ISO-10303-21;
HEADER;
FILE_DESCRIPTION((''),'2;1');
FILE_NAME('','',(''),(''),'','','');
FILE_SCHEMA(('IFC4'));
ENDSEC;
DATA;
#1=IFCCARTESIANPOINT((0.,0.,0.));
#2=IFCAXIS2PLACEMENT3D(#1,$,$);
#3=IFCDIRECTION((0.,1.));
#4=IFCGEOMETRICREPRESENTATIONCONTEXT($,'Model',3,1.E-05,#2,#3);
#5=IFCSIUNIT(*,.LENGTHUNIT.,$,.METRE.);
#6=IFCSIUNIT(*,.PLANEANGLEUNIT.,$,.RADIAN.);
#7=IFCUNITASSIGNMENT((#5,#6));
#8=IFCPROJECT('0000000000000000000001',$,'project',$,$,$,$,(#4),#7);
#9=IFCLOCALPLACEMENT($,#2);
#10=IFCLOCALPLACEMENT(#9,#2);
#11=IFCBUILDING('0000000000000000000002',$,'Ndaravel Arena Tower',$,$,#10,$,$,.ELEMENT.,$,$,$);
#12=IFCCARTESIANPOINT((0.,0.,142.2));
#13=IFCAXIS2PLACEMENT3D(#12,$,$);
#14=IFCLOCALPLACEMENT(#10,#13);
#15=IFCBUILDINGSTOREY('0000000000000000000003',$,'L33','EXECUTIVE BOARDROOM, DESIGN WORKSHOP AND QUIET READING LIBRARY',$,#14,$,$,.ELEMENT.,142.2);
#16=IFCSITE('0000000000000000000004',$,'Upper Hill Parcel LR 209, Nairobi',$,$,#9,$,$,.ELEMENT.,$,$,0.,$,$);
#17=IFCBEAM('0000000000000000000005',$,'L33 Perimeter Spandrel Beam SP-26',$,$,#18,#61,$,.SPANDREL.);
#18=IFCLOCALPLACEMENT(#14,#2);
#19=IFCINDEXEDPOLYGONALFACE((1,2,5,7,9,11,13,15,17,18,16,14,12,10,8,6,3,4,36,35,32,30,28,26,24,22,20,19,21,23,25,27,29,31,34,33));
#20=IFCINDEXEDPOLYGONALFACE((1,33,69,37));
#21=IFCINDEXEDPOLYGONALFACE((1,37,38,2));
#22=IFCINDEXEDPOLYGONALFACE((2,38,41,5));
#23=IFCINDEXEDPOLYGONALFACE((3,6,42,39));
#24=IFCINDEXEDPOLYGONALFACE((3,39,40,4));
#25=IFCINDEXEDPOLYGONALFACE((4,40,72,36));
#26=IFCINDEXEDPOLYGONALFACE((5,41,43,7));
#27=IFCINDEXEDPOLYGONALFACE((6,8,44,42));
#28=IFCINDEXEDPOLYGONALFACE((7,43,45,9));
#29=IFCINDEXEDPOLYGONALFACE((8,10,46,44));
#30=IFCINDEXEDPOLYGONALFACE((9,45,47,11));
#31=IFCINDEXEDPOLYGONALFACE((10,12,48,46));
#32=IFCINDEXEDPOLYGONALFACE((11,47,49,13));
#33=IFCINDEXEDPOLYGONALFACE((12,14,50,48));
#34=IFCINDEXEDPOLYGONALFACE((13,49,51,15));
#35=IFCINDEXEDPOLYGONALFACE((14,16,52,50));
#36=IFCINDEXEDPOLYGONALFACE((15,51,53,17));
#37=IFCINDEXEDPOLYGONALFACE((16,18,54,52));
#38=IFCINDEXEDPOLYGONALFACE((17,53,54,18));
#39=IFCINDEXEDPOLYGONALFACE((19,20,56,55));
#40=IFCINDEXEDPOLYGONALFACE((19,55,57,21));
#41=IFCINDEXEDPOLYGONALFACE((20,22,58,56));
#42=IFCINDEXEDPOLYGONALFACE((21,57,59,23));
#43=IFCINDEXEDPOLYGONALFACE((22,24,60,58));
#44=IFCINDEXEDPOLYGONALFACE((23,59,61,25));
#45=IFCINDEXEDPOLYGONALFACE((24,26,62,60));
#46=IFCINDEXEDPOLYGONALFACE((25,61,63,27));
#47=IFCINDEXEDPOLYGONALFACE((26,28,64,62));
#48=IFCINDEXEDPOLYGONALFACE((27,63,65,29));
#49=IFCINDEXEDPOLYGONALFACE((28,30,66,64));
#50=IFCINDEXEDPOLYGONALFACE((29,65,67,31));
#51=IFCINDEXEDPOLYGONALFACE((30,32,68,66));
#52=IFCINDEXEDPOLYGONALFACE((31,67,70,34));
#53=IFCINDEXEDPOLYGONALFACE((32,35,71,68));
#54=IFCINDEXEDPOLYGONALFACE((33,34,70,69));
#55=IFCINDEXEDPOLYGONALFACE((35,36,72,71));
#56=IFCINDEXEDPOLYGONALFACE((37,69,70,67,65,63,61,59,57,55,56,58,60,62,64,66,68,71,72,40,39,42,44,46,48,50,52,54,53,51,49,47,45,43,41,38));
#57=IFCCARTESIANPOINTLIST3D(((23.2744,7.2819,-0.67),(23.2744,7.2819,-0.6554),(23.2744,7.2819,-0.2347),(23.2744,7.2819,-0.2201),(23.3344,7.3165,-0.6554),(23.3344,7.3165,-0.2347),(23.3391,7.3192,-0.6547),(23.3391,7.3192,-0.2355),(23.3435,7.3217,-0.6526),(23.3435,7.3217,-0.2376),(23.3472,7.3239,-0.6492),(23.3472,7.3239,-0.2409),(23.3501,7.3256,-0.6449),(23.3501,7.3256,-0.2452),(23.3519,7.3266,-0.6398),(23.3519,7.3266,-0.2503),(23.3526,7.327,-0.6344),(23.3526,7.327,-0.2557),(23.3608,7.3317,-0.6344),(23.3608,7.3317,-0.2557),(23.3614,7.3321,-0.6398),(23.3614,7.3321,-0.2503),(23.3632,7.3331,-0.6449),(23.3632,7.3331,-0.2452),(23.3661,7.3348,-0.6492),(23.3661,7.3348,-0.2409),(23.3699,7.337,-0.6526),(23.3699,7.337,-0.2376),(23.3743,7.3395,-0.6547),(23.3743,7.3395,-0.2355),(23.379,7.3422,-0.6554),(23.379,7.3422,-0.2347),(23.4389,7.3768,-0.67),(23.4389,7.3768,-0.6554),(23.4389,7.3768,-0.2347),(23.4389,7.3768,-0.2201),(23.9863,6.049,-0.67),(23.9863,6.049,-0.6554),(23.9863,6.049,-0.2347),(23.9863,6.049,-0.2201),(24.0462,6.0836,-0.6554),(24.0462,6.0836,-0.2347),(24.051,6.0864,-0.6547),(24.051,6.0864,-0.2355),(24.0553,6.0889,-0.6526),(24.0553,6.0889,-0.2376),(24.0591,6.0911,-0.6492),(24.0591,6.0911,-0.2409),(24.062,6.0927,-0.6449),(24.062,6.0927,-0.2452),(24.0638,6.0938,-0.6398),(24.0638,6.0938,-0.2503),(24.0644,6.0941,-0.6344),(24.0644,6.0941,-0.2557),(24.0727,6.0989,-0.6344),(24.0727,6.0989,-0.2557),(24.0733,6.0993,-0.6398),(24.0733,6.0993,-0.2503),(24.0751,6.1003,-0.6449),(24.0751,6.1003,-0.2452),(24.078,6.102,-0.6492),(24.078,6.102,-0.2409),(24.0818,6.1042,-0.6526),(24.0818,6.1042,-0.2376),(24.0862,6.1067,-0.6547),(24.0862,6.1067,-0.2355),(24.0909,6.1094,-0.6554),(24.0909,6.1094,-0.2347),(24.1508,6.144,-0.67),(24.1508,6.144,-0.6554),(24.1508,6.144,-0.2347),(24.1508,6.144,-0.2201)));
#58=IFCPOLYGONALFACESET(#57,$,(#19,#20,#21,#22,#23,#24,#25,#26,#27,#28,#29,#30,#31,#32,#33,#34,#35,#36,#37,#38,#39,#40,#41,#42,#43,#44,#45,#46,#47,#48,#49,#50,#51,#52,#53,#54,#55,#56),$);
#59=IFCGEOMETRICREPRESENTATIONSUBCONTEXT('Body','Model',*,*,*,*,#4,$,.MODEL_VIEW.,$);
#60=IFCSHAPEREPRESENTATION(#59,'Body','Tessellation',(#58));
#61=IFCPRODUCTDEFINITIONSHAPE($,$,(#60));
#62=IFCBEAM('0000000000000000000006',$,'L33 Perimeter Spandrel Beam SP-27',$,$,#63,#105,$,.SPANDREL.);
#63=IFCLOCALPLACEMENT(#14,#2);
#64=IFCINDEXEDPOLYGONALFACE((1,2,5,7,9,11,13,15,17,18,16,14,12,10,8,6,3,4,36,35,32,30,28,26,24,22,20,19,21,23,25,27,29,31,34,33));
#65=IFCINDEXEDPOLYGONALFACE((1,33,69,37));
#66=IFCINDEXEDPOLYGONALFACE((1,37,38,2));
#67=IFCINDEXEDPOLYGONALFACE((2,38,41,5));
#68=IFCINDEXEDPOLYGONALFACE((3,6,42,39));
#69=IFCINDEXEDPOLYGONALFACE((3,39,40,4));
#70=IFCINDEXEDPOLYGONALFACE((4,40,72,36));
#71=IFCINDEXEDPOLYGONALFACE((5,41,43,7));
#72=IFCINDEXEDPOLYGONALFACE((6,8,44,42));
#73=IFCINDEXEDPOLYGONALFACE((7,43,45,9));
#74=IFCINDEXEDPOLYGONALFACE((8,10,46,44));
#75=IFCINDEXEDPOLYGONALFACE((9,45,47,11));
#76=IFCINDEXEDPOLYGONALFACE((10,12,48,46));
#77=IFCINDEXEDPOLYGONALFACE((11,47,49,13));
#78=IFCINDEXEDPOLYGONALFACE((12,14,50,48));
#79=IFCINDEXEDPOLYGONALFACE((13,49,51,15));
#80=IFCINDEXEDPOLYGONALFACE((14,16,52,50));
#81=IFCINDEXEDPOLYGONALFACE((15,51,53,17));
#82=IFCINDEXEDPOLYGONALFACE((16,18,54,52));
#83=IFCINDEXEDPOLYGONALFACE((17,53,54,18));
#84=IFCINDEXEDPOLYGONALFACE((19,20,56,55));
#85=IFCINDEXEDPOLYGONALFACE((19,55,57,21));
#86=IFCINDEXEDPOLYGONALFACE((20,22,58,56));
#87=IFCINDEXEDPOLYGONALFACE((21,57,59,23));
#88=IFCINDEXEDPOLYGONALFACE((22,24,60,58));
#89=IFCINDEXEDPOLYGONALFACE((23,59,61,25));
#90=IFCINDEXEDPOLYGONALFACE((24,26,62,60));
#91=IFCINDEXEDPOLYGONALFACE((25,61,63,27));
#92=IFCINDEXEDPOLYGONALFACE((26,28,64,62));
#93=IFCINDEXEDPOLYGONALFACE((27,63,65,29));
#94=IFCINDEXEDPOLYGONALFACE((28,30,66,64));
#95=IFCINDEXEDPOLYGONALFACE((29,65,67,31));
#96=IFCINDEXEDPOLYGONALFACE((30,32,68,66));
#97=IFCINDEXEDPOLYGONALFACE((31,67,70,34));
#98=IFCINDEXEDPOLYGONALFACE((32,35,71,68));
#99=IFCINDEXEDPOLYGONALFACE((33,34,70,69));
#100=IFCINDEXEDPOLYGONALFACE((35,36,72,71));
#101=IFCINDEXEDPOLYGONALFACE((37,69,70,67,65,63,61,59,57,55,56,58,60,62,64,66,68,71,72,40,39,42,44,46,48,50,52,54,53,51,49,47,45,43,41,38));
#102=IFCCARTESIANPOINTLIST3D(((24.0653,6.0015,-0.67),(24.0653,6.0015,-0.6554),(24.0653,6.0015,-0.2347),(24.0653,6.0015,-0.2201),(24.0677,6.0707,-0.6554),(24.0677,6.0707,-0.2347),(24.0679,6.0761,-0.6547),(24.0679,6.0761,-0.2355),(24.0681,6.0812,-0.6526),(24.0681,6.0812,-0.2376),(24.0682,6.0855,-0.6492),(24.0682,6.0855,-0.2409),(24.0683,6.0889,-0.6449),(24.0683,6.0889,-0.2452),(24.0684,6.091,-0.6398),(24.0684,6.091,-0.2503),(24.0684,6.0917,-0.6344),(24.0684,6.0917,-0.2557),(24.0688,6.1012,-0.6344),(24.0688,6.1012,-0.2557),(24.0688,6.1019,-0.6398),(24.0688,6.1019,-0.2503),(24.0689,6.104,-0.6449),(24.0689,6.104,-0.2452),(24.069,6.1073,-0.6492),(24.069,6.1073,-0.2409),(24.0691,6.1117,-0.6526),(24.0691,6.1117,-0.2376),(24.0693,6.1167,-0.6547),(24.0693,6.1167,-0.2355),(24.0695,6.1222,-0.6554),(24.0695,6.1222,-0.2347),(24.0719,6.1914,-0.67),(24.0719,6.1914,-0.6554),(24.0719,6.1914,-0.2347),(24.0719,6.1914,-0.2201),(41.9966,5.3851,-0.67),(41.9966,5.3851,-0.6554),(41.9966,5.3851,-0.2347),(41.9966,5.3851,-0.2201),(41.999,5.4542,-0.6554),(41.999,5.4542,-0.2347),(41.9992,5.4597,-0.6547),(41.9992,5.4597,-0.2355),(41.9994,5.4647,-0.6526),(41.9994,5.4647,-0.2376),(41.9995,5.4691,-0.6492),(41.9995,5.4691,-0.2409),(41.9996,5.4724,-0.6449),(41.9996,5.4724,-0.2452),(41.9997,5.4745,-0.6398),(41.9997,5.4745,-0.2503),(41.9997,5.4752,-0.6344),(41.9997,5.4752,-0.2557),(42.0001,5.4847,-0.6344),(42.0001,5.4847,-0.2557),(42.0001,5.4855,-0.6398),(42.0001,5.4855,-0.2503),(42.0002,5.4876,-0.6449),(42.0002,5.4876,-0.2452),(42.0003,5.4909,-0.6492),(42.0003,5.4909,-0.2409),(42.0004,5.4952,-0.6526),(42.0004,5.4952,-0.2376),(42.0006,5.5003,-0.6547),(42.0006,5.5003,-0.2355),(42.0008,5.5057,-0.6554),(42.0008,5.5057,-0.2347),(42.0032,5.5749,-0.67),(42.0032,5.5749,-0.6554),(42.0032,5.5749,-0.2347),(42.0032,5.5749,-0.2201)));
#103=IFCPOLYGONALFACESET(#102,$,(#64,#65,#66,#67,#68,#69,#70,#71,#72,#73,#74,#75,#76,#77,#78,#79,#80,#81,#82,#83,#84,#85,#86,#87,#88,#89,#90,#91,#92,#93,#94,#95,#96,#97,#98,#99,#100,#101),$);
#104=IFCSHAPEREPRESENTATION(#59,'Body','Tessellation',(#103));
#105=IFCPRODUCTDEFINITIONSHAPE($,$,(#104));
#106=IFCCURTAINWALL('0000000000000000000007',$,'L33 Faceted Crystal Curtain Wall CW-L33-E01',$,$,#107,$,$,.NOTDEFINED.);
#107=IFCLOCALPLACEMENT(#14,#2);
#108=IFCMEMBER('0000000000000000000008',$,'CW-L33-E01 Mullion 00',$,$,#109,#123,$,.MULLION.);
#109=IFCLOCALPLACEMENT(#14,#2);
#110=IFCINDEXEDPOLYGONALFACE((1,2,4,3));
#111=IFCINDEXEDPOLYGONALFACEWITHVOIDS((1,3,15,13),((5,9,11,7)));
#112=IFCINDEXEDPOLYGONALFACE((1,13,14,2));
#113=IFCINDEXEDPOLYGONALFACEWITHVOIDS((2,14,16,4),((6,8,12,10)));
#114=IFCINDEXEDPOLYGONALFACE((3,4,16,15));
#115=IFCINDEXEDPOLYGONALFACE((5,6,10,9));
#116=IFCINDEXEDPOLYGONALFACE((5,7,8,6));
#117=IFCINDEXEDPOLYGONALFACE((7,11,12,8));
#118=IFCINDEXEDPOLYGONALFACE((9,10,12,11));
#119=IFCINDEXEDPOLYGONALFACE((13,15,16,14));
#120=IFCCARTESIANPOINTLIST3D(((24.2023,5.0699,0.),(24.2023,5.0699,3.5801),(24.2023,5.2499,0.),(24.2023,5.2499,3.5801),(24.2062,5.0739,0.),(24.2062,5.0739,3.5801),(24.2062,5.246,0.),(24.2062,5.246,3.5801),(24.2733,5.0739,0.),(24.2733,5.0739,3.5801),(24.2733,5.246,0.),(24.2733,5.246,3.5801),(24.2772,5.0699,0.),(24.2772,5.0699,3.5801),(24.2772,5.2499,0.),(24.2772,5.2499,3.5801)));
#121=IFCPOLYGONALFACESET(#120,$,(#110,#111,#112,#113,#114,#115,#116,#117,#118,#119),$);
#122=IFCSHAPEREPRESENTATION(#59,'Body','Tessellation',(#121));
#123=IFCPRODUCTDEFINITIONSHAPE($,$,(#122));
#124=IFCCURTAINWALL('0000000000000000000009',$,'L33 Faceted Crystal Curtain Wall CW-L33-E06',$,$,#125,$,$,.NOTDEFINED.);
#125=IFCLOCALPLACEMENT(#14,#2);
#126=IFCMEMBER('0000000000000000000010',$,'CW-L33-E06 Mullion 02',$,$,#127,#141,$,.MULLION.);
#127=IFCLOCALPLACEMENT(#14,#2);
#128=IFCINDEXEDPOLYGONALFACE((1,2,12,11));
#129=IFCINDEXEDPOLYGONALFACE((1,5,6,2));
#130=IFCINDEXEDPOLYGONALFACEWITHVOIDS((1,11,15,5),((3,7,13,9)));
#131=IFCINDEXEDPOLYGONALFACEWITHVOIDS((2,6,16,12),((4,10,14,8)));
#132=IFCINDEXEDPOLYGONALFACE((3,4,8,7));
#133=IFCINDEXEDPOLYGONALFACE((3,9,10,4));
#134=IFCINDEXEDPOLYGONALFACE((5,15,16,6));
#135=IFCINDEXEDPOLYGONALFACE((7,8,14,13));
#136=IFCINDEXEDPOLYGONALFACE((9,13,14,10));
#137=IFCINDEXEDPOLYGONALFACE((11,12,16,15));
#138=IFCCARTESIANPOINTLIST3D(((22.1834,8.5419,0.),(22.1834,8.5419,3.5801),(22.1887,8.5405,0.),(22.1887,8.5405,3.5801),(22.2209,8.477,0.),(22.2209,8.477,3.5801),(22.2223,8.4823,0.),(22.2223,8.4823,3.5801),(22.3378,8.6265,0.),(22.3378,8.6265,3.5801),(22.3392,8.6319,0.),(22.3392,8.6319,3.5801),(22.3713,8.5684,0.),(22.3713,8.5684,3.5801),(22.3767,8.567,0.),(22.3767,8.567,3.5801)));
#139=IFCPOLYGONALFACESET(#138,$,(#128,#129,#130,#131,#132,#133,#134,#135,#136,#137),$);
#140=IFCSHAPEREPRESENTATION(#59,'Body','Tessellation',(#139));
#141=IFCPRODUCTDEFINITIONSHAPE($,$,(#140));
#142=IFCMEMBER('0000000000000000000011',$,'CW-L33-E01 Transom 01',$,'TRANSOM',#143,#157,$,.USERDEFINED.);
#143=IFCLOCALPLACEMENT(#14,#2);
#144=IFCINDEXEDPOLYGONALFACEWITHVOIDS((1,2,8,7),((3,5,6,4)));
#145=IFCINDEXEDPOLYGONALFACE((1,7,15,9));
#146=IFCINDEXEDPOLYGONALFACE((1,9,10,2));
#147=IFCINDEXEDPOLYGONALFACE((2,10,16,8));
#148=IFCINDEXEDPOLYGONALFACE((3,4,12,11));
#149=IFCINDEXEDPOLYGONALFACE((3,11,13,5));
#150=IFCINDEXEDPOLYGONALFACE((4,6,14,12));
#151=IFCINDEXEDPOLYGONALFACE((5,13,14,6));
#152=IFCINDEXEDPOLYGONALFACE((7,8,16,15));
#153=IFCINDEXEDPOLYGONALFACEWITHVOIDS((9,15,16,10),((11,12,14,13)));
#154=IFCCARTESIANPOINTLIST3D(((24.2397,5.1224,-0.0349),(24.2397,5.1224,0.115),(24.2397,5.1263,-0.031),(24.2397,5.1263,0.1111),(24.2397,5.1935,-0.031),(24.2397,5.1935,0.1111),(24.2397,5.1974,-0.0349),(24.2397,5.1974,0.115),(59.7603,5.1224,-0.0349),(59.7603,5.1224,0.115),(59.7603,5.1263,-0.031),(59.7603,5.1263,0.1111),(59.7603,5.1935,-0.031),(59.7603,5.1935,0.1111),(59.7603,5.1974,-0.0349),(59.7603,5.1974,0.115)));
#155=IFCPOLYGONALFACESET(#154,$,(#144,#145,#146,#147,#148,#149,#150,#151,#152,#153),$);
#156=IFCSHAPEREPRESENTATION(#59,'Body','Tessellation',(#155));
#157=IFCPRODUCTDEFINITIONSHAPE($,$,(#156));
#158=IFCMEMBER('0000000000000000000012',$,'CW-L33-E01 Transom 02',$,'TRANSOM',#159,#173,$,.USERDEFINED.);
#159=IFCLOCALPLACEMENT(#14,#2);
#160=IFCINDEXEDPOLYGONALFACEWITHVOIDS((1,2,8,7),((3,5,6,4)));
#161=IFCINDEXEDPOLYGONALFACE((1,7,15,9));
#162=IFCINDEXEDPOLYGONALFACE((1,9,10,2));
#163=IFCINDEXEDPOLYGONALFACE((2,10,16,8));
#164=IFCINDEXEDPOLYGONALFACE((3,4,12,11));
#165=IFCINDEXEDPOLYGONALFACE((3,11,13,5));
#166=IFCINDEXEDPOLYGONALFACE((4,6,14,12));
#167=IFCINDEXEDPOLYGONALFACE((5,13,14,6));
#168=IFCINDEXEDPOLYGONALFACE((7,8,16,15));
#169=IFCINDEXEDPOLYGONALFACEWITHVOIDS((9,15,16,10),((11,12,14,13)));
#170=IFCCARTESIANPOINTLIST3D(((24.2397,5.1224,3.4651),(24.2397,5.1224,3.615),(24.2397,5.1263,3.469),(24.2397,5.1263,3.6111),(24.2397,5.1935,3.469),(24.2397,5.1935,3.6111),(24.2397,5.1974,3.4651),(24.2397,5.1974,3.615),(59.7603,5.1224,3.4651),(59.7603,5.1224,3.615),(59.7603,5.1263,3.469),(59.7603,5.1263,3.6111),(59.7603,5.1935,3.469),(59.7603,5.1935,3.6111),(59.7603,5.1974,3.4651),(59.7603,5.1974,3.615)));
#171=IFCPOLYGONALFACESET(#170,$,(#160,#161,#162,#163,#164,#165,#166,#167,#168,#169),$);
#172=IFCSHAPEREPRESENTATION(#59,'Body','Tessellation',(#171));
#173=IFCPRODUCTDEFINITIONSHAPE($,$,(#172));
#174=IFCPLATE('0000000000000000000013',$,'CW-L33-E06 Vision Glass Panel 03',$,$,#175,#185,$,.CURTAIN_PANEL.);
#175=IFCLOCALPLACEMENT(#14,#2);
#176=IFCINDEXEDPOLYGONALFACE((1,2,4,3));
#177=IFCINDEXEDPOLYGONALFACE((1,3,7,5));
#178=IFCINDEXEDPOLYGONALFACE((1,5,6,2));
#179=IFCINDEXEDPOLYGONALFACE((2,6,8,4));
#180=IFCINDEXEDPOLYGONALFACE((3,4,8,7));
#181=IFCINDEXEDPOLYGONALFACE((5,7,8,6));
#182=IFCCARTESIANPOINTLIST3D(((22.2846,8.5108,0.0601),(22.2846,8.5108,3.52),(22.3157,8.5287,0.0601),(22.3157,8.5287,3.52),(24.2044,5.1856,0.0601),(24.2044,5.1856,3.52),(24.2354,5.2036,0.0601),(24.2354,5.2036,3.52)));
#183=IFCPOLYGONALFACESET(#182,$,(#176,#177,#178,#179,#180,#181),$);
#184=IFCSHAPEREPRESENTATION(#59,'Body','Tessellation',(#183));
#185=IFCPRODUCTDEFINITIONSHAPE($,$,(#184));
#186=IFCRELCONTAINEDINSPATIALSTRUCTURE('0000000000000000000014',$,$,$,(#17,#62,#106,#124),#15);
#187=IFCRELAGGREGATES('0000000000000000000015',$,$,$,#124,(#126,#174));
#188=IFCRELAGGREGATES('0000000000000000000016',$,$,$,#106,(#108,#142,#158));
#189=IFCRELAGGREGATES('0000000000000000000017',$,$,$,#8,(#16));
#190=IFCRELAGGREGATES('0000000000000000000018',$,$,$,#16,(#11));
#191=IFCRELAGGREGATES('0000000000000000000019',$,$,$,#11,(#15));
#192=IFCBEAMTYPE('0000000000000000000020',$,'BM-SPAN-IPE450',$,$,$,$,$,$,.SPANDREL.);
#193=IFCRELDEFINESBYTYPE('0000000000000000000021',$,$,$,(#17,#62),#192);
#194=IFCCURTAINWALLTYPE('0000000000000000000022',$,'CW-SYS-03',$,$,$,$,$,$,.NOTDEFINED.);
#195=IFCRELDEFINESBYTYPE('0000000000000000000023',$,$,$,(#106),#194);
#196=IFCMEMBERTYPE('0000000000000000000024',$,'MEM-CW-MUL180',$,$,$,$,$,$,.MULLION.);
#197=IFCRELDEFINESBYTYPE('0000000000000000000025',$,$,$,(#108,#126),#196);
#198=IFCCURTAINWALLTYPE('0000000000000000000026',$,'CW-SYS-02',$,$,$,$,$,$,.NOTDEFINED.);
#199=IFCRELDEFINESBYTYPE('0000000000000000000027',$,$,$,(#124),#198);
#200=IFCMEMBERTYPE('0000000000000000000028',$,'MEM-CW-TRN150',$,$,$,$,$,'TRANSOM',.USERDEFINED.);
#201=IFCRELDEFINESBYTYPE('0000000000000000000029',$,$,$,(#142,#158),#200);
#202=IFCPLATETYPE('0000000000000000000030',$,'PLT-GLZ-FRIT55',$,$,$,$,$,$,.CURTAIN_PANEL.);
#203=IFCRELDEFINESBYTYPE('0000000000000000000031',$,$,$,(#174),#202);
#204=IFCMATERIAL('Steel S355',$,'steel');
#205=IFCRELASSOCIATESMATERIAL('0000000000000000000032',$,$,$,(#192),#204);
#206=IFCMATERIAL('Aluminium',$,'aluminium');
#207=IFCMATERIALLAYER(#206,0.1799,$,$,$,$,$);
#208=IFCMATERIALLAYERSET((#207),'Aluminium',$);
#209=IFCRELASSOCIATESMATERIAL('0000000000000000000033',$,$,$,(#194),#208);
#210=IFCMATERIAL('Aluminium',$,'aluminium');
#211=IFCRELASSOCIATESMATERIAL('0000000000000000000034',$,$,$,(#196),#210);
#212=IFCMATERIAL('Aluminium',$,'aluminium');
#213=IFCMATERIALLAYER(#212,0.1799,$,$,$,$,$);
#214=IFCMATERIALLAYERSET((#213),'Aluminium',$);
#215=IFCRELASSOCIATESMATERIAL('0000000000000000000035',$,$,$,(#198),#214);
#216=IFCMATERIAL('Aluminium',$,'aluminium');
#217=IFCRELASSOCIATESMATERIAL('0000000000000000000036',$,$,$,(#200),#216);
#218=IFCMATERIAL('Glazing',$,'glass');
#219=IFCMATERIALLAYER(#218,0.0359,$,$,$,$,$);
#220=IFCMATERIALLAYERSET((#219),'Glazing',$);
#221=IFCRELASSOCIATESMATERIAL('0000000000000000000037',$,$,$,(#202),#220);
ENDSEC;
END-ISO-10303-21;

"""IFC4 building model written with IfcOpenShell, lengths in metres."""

from ifc_helpers import new_model, si_unit, direction, frame, origin, origin_2d, place, context, subcontext, project, spatial, rectangle, hollow_rectangle, i_section, extrude, material, layer, layer_set, material_profile, profile_set, type_object, element, aggregate, save


model = new_model("IFC4")

# Units and contexts
model_context = context("Model", 3, precision=1e-05, world=origin(), true_north=direction((0.0, 1.0)))
body_context = subcontext(model_context, "Body", "Model", "MODEL_VIEW")
ifc_project = project(units=[si_unit("LENGTHUNIT", "METRE"), si_unit("PLANEANGLEUNIT", "RADIAN")], contexts=[model_context])

# Site, building, storey
site_placement = place(None, origin())
site = spatial("IfcSite", under=ifc_project, at=site_placement, Name="Upper Hill Parcel LR 209, Nairobi", CompositionType="ELEMENT", RefElevation=0.0)
building_placement = place(site_placement, origin())
building = spatial("IfcBuilding", under=site, at=building_placement, Name="Ndaravel Arena Tower", CompositionType="ELEMENT")
storey_placement = place(building_placement, frame((0.0, 0.0, 142.2)))
storey = spatial("IfcBuildingStorey", under=building, at=storey_placement, Name="L33", Description="EXECUTIVE BOARDROOM, DESIGN WORKSHOP AND QUIET READING LIBRARY", CompositionType="ELEMENT", Elevation=142.2)

# Beams
ifc_material_1 = material(Name="Steel S355", Category="steel")
ifc_material_profile_1 = material_profile(ifc_material_1, i_section(OverallWidth=0.1899, OverallDepth=0.45, WebThickness=0.0095, FlangeThickness=0.0146, FilletRadius=0.021, at=origin_2d()), Name="IPE 450")
ifc_profile_set_1 = profile_set([ifc_material_profile_1], Name="Steel S355")
beam_type = type_object("IfcBeamType", Name="BM-SPAN-IPE450", PredefinedType="SPANDREL", material=ifc_profile_set_1)
for number, where, z_axis, x_axis, name in (
    (1, (23.3567, 7.3293, -0.4451), (0.500049, -0.865997, 0.0), (0.865997, 0.500049, 0.0), "L33 Perimeter Spandrel Beam SP-26"),
):
    element("IfcBeam", number, at=place(storey_placement, frame(where, z_axis=z_axis, x_axis=x_axis)), inside=storey, type_object=beam_type, Name=name, PredefinedType="SPANDREL", context=body_context, shape_type="SweptSolid", body=[
        extrude(i_section(OverallWidth=0.1899, OverallDepth=0.45, WebThickness=0.0095, FlangeThickness=0.0146, FilletRadius=0.021, at=origin_2d()), origin(), (0.0, 0.0, 1.0), 1.4236),
    ])
beam_placement = place(storey_placement, frame((24.0686, 6.0964, -0.4451), z_axis=(0.99941, -0.034358, 0.0), x_axis=(0.034358, 0.99941, 0.0)))
element("IfcBeam", 2, at=beam_placement, inside=storey, type_object=beam_type, Name="L33 Perimeter Spandrel Beam SP-27", PredefinedType="SPANDREL", context=body_context, shape_type="SweptSolid", body=[
    extrude(i_section(OverallWidth=0.1899, OverallDepth=0.45, WebThickness=0.0095, FlangeThickness=0.0146, FilletRadius=0.021, at=origin_2d()), origin(), (0.0, 0.0, 1.0), 17.9419),
])

# Curtain walls, members
ifc_material_2 = material(Name="Aluminium", Category="aluminium")
ifc_layer_1 = layer(ifc_material_2, 0.1799)
ifc_layer_set_1 = layer_set([ifc_layer_1], Name="Aluminium")
curtain_wall_type_1 = type_object("IfcCurtainWallType", Name="CW-SYS-03", PredefinedType="NOTDEFINED", material=ifc_layer_set_1)
curtain_wall_1_placement = place(storey_placement, origin())
curtain_wall_1 = element("IfcCurtainWall", 3, at=curtain_wall_1_placement, inside=storey, type_object=curtain_wall_type_1, Name="L33 Faceted Crystal Curtain Wall CW-L33-E01", PredefinedType="NOTDEFINED")
ifc_material_3 = material(Name="Aluminium", Category="aluminium")
ifc_material_profile_2 = material_profile(ifc_material_3, hollow_rectangle(XDim=0.075, YDim=0.1799, WallThickness=0.0039, at=origin_2d()), Name="CW MULLION 75x180x4")
ifc_profile_set_2 = profile_set([ifc_material_profile_2], Name="Aluminium")
member_type_1 = type_object("IfcMemberType", Name="MEM-CW-MUL180", PredefinedType="MULLION", material=ifc_profile_set_2)
member_1_placement = place(storey_placement, frame((24.2397, 5.1599, 0.0), z_axis=(0.0, 0.0, 1.0), x_axis=(1.0, 0.0, 0.0)))
member_1 = element("IfcMember", 4, at=member_1_placement, type_object=member_type_1, Name="CW-L33-E01 Mullion 00", PredefinedType="MULLION", context=body_context, shape_type="SweptSolid", body=[
    extrude(hollow_rectangle(XDim=0.075, YDim=0.1799, WallThickness=0.0039, at=origin_2d()), origin(), (0.0, 0.0, 1.0), 3.5801),
])
ifc_material_4 = material(Name="Aluminium", Category="aluminium")
ifc_layer_2 = layer(ifc_material_4, 0.1799)
ifc_layer_set_2 = layer_set([ifc_layer_2], Name="Aluminium")
curtain_wall_type_2 = type_object("IfcCurtainWallType", Name="CW-SYS-02", PredefinedType="NOTDEFINED", material=ifc_layer_set_2)
curtain_wall_2_placement = place(storey_placement, origin())
curtain_wall_2 = element("IfcCurtainWall", 5, at=curtain_wall_2_placement, inside=storey, type_object=curtain_wall_type_2, Name="L33 Faceted Crystal Curtain Wall CW-L33-E06", PredefinedType="NOTDEFINED")
member_2_placement = place(storey_placement, frame((22.28, 8.5544, 0.0), z_axis=(0.0, 0.0, 1.0), x_axis=(0.5, -0.866025, 0.0)))
member_2 = element("IfcMember", 6, at=member_2_placement, type_object=member_type_1, Name="CW-L33-E06 Mullion 02", PredefinedType="MULLION", context=body_context, shape_type="SweptSolid", body=[
    extrude(hollow_rectangle(XDim=0.075, YDim=0.1799, WallThickness=0.0039, at=origin_2d()), origin(), (0.0, 0.0, 1.0), 3.5801),
])

# Members
ifc_material_5 = material(Name="Aluminium", Category="aluminium")
ifc_material_profile_3 = material_profile(ifc_material_5, hollow_rectangle(XDim=0.075, YDim=0.1499, WallThickness=0.0039, at=origin_2d()), Name="CW TRANSOM 75x150x4")
ifc_profile_set_3 = profile_set([ifc_material_profile_3], Name="Aluminium")
member_type_2 = type_object("IfcMemberType", Name="MEM-CW-TRN150", ElementType="TRANSOM", PredefinedType="USERDEFINED", material=ifc_profile_set_3)
member_3_placement = place(storey_placement, frame((24.2397, 5.1599, 0.04), z_axis=(1.0, 0.0, 0.0), x_axis=(0.0, 1.0, 0.0)))
member_3 = element("IfcMember", 7, at=member_3_placement, type_object=member_type_2, Name="CW-L33-E01 Transom 01", ObjectType="TRANSOM", PredefinedType="USERDEFINED", context=body_context, shape_type="SweptSolid", body=[
    extrude(hollow_rectangle(XDim=0.075, YDim=0.1499, WallThickness=0.0039, at=origin_2d()), origin(), (0.0, 0.0, 1.0), 35.5205),
])
member_4_placement = place(storey_placement, frame((24.2397, 5.1599, 3.54), z_axis=(1.0, 0.0, 0.0), x_axis=(0.0, 1.0, 0.0)))
member_4 = element("IfcMember", 8, at=member_4_placement, type_object=member_type_2, Name="CW-L33-E01 Transom 02", ObjectType="TRANSOM", PredefinedType="USERDEFINED", context=body_context, shape_type="SweptSolid", body=[
    extrude(hollow_rectangle(XDim=0.075, YDim=0.1499, WallThickness=0.0039, at=origin_2d()), origin(), (0.0, 0.0, 1.0), 35.5205),
])

# Plate
ifc_material_6 = material(Name="Glazing", Category="glass")
ifc_layer_3 = layer(ifc_material_6, 0.0359)
ifc_layer_set_3 = layer_set([ifc_layer_3], Name="Glazing")
plate_type_1 = type_object("IfcPlateType", Name="PLT-GLZ-FRIT55", PredefinedType="CURTAIN_PANEL", material=ifc_layer_set_3)
plate_1_placement = place(storey_placement, frame((23.26, 6.8572, 0.0601), z_axis=(0.0, 0.0, 1.0), x_axis=(0.5, -0.866025, 0.0)))
plate_1 = element("IfcPlate", 9, at=plate_1_placement, type_object=plate_type_1, Name="CW-L33-E06 Vision Glass Panel 03", PredefinedType="CURTAIN_PANEL", context=body_context, shape_type="SweptSolid", body=[
    extrude(rectangle(XDim=3.8396, YDim=0.0359, at=origin_2d()), origin(), (0.0, 0.0, 1.0), 3.46),
])
aggregate(curtain_wall_2, [member_2, plate_1])
aggregate(curtain_wall_1, [member_1, member_3, member_4])

save(model, "model.ifc")
